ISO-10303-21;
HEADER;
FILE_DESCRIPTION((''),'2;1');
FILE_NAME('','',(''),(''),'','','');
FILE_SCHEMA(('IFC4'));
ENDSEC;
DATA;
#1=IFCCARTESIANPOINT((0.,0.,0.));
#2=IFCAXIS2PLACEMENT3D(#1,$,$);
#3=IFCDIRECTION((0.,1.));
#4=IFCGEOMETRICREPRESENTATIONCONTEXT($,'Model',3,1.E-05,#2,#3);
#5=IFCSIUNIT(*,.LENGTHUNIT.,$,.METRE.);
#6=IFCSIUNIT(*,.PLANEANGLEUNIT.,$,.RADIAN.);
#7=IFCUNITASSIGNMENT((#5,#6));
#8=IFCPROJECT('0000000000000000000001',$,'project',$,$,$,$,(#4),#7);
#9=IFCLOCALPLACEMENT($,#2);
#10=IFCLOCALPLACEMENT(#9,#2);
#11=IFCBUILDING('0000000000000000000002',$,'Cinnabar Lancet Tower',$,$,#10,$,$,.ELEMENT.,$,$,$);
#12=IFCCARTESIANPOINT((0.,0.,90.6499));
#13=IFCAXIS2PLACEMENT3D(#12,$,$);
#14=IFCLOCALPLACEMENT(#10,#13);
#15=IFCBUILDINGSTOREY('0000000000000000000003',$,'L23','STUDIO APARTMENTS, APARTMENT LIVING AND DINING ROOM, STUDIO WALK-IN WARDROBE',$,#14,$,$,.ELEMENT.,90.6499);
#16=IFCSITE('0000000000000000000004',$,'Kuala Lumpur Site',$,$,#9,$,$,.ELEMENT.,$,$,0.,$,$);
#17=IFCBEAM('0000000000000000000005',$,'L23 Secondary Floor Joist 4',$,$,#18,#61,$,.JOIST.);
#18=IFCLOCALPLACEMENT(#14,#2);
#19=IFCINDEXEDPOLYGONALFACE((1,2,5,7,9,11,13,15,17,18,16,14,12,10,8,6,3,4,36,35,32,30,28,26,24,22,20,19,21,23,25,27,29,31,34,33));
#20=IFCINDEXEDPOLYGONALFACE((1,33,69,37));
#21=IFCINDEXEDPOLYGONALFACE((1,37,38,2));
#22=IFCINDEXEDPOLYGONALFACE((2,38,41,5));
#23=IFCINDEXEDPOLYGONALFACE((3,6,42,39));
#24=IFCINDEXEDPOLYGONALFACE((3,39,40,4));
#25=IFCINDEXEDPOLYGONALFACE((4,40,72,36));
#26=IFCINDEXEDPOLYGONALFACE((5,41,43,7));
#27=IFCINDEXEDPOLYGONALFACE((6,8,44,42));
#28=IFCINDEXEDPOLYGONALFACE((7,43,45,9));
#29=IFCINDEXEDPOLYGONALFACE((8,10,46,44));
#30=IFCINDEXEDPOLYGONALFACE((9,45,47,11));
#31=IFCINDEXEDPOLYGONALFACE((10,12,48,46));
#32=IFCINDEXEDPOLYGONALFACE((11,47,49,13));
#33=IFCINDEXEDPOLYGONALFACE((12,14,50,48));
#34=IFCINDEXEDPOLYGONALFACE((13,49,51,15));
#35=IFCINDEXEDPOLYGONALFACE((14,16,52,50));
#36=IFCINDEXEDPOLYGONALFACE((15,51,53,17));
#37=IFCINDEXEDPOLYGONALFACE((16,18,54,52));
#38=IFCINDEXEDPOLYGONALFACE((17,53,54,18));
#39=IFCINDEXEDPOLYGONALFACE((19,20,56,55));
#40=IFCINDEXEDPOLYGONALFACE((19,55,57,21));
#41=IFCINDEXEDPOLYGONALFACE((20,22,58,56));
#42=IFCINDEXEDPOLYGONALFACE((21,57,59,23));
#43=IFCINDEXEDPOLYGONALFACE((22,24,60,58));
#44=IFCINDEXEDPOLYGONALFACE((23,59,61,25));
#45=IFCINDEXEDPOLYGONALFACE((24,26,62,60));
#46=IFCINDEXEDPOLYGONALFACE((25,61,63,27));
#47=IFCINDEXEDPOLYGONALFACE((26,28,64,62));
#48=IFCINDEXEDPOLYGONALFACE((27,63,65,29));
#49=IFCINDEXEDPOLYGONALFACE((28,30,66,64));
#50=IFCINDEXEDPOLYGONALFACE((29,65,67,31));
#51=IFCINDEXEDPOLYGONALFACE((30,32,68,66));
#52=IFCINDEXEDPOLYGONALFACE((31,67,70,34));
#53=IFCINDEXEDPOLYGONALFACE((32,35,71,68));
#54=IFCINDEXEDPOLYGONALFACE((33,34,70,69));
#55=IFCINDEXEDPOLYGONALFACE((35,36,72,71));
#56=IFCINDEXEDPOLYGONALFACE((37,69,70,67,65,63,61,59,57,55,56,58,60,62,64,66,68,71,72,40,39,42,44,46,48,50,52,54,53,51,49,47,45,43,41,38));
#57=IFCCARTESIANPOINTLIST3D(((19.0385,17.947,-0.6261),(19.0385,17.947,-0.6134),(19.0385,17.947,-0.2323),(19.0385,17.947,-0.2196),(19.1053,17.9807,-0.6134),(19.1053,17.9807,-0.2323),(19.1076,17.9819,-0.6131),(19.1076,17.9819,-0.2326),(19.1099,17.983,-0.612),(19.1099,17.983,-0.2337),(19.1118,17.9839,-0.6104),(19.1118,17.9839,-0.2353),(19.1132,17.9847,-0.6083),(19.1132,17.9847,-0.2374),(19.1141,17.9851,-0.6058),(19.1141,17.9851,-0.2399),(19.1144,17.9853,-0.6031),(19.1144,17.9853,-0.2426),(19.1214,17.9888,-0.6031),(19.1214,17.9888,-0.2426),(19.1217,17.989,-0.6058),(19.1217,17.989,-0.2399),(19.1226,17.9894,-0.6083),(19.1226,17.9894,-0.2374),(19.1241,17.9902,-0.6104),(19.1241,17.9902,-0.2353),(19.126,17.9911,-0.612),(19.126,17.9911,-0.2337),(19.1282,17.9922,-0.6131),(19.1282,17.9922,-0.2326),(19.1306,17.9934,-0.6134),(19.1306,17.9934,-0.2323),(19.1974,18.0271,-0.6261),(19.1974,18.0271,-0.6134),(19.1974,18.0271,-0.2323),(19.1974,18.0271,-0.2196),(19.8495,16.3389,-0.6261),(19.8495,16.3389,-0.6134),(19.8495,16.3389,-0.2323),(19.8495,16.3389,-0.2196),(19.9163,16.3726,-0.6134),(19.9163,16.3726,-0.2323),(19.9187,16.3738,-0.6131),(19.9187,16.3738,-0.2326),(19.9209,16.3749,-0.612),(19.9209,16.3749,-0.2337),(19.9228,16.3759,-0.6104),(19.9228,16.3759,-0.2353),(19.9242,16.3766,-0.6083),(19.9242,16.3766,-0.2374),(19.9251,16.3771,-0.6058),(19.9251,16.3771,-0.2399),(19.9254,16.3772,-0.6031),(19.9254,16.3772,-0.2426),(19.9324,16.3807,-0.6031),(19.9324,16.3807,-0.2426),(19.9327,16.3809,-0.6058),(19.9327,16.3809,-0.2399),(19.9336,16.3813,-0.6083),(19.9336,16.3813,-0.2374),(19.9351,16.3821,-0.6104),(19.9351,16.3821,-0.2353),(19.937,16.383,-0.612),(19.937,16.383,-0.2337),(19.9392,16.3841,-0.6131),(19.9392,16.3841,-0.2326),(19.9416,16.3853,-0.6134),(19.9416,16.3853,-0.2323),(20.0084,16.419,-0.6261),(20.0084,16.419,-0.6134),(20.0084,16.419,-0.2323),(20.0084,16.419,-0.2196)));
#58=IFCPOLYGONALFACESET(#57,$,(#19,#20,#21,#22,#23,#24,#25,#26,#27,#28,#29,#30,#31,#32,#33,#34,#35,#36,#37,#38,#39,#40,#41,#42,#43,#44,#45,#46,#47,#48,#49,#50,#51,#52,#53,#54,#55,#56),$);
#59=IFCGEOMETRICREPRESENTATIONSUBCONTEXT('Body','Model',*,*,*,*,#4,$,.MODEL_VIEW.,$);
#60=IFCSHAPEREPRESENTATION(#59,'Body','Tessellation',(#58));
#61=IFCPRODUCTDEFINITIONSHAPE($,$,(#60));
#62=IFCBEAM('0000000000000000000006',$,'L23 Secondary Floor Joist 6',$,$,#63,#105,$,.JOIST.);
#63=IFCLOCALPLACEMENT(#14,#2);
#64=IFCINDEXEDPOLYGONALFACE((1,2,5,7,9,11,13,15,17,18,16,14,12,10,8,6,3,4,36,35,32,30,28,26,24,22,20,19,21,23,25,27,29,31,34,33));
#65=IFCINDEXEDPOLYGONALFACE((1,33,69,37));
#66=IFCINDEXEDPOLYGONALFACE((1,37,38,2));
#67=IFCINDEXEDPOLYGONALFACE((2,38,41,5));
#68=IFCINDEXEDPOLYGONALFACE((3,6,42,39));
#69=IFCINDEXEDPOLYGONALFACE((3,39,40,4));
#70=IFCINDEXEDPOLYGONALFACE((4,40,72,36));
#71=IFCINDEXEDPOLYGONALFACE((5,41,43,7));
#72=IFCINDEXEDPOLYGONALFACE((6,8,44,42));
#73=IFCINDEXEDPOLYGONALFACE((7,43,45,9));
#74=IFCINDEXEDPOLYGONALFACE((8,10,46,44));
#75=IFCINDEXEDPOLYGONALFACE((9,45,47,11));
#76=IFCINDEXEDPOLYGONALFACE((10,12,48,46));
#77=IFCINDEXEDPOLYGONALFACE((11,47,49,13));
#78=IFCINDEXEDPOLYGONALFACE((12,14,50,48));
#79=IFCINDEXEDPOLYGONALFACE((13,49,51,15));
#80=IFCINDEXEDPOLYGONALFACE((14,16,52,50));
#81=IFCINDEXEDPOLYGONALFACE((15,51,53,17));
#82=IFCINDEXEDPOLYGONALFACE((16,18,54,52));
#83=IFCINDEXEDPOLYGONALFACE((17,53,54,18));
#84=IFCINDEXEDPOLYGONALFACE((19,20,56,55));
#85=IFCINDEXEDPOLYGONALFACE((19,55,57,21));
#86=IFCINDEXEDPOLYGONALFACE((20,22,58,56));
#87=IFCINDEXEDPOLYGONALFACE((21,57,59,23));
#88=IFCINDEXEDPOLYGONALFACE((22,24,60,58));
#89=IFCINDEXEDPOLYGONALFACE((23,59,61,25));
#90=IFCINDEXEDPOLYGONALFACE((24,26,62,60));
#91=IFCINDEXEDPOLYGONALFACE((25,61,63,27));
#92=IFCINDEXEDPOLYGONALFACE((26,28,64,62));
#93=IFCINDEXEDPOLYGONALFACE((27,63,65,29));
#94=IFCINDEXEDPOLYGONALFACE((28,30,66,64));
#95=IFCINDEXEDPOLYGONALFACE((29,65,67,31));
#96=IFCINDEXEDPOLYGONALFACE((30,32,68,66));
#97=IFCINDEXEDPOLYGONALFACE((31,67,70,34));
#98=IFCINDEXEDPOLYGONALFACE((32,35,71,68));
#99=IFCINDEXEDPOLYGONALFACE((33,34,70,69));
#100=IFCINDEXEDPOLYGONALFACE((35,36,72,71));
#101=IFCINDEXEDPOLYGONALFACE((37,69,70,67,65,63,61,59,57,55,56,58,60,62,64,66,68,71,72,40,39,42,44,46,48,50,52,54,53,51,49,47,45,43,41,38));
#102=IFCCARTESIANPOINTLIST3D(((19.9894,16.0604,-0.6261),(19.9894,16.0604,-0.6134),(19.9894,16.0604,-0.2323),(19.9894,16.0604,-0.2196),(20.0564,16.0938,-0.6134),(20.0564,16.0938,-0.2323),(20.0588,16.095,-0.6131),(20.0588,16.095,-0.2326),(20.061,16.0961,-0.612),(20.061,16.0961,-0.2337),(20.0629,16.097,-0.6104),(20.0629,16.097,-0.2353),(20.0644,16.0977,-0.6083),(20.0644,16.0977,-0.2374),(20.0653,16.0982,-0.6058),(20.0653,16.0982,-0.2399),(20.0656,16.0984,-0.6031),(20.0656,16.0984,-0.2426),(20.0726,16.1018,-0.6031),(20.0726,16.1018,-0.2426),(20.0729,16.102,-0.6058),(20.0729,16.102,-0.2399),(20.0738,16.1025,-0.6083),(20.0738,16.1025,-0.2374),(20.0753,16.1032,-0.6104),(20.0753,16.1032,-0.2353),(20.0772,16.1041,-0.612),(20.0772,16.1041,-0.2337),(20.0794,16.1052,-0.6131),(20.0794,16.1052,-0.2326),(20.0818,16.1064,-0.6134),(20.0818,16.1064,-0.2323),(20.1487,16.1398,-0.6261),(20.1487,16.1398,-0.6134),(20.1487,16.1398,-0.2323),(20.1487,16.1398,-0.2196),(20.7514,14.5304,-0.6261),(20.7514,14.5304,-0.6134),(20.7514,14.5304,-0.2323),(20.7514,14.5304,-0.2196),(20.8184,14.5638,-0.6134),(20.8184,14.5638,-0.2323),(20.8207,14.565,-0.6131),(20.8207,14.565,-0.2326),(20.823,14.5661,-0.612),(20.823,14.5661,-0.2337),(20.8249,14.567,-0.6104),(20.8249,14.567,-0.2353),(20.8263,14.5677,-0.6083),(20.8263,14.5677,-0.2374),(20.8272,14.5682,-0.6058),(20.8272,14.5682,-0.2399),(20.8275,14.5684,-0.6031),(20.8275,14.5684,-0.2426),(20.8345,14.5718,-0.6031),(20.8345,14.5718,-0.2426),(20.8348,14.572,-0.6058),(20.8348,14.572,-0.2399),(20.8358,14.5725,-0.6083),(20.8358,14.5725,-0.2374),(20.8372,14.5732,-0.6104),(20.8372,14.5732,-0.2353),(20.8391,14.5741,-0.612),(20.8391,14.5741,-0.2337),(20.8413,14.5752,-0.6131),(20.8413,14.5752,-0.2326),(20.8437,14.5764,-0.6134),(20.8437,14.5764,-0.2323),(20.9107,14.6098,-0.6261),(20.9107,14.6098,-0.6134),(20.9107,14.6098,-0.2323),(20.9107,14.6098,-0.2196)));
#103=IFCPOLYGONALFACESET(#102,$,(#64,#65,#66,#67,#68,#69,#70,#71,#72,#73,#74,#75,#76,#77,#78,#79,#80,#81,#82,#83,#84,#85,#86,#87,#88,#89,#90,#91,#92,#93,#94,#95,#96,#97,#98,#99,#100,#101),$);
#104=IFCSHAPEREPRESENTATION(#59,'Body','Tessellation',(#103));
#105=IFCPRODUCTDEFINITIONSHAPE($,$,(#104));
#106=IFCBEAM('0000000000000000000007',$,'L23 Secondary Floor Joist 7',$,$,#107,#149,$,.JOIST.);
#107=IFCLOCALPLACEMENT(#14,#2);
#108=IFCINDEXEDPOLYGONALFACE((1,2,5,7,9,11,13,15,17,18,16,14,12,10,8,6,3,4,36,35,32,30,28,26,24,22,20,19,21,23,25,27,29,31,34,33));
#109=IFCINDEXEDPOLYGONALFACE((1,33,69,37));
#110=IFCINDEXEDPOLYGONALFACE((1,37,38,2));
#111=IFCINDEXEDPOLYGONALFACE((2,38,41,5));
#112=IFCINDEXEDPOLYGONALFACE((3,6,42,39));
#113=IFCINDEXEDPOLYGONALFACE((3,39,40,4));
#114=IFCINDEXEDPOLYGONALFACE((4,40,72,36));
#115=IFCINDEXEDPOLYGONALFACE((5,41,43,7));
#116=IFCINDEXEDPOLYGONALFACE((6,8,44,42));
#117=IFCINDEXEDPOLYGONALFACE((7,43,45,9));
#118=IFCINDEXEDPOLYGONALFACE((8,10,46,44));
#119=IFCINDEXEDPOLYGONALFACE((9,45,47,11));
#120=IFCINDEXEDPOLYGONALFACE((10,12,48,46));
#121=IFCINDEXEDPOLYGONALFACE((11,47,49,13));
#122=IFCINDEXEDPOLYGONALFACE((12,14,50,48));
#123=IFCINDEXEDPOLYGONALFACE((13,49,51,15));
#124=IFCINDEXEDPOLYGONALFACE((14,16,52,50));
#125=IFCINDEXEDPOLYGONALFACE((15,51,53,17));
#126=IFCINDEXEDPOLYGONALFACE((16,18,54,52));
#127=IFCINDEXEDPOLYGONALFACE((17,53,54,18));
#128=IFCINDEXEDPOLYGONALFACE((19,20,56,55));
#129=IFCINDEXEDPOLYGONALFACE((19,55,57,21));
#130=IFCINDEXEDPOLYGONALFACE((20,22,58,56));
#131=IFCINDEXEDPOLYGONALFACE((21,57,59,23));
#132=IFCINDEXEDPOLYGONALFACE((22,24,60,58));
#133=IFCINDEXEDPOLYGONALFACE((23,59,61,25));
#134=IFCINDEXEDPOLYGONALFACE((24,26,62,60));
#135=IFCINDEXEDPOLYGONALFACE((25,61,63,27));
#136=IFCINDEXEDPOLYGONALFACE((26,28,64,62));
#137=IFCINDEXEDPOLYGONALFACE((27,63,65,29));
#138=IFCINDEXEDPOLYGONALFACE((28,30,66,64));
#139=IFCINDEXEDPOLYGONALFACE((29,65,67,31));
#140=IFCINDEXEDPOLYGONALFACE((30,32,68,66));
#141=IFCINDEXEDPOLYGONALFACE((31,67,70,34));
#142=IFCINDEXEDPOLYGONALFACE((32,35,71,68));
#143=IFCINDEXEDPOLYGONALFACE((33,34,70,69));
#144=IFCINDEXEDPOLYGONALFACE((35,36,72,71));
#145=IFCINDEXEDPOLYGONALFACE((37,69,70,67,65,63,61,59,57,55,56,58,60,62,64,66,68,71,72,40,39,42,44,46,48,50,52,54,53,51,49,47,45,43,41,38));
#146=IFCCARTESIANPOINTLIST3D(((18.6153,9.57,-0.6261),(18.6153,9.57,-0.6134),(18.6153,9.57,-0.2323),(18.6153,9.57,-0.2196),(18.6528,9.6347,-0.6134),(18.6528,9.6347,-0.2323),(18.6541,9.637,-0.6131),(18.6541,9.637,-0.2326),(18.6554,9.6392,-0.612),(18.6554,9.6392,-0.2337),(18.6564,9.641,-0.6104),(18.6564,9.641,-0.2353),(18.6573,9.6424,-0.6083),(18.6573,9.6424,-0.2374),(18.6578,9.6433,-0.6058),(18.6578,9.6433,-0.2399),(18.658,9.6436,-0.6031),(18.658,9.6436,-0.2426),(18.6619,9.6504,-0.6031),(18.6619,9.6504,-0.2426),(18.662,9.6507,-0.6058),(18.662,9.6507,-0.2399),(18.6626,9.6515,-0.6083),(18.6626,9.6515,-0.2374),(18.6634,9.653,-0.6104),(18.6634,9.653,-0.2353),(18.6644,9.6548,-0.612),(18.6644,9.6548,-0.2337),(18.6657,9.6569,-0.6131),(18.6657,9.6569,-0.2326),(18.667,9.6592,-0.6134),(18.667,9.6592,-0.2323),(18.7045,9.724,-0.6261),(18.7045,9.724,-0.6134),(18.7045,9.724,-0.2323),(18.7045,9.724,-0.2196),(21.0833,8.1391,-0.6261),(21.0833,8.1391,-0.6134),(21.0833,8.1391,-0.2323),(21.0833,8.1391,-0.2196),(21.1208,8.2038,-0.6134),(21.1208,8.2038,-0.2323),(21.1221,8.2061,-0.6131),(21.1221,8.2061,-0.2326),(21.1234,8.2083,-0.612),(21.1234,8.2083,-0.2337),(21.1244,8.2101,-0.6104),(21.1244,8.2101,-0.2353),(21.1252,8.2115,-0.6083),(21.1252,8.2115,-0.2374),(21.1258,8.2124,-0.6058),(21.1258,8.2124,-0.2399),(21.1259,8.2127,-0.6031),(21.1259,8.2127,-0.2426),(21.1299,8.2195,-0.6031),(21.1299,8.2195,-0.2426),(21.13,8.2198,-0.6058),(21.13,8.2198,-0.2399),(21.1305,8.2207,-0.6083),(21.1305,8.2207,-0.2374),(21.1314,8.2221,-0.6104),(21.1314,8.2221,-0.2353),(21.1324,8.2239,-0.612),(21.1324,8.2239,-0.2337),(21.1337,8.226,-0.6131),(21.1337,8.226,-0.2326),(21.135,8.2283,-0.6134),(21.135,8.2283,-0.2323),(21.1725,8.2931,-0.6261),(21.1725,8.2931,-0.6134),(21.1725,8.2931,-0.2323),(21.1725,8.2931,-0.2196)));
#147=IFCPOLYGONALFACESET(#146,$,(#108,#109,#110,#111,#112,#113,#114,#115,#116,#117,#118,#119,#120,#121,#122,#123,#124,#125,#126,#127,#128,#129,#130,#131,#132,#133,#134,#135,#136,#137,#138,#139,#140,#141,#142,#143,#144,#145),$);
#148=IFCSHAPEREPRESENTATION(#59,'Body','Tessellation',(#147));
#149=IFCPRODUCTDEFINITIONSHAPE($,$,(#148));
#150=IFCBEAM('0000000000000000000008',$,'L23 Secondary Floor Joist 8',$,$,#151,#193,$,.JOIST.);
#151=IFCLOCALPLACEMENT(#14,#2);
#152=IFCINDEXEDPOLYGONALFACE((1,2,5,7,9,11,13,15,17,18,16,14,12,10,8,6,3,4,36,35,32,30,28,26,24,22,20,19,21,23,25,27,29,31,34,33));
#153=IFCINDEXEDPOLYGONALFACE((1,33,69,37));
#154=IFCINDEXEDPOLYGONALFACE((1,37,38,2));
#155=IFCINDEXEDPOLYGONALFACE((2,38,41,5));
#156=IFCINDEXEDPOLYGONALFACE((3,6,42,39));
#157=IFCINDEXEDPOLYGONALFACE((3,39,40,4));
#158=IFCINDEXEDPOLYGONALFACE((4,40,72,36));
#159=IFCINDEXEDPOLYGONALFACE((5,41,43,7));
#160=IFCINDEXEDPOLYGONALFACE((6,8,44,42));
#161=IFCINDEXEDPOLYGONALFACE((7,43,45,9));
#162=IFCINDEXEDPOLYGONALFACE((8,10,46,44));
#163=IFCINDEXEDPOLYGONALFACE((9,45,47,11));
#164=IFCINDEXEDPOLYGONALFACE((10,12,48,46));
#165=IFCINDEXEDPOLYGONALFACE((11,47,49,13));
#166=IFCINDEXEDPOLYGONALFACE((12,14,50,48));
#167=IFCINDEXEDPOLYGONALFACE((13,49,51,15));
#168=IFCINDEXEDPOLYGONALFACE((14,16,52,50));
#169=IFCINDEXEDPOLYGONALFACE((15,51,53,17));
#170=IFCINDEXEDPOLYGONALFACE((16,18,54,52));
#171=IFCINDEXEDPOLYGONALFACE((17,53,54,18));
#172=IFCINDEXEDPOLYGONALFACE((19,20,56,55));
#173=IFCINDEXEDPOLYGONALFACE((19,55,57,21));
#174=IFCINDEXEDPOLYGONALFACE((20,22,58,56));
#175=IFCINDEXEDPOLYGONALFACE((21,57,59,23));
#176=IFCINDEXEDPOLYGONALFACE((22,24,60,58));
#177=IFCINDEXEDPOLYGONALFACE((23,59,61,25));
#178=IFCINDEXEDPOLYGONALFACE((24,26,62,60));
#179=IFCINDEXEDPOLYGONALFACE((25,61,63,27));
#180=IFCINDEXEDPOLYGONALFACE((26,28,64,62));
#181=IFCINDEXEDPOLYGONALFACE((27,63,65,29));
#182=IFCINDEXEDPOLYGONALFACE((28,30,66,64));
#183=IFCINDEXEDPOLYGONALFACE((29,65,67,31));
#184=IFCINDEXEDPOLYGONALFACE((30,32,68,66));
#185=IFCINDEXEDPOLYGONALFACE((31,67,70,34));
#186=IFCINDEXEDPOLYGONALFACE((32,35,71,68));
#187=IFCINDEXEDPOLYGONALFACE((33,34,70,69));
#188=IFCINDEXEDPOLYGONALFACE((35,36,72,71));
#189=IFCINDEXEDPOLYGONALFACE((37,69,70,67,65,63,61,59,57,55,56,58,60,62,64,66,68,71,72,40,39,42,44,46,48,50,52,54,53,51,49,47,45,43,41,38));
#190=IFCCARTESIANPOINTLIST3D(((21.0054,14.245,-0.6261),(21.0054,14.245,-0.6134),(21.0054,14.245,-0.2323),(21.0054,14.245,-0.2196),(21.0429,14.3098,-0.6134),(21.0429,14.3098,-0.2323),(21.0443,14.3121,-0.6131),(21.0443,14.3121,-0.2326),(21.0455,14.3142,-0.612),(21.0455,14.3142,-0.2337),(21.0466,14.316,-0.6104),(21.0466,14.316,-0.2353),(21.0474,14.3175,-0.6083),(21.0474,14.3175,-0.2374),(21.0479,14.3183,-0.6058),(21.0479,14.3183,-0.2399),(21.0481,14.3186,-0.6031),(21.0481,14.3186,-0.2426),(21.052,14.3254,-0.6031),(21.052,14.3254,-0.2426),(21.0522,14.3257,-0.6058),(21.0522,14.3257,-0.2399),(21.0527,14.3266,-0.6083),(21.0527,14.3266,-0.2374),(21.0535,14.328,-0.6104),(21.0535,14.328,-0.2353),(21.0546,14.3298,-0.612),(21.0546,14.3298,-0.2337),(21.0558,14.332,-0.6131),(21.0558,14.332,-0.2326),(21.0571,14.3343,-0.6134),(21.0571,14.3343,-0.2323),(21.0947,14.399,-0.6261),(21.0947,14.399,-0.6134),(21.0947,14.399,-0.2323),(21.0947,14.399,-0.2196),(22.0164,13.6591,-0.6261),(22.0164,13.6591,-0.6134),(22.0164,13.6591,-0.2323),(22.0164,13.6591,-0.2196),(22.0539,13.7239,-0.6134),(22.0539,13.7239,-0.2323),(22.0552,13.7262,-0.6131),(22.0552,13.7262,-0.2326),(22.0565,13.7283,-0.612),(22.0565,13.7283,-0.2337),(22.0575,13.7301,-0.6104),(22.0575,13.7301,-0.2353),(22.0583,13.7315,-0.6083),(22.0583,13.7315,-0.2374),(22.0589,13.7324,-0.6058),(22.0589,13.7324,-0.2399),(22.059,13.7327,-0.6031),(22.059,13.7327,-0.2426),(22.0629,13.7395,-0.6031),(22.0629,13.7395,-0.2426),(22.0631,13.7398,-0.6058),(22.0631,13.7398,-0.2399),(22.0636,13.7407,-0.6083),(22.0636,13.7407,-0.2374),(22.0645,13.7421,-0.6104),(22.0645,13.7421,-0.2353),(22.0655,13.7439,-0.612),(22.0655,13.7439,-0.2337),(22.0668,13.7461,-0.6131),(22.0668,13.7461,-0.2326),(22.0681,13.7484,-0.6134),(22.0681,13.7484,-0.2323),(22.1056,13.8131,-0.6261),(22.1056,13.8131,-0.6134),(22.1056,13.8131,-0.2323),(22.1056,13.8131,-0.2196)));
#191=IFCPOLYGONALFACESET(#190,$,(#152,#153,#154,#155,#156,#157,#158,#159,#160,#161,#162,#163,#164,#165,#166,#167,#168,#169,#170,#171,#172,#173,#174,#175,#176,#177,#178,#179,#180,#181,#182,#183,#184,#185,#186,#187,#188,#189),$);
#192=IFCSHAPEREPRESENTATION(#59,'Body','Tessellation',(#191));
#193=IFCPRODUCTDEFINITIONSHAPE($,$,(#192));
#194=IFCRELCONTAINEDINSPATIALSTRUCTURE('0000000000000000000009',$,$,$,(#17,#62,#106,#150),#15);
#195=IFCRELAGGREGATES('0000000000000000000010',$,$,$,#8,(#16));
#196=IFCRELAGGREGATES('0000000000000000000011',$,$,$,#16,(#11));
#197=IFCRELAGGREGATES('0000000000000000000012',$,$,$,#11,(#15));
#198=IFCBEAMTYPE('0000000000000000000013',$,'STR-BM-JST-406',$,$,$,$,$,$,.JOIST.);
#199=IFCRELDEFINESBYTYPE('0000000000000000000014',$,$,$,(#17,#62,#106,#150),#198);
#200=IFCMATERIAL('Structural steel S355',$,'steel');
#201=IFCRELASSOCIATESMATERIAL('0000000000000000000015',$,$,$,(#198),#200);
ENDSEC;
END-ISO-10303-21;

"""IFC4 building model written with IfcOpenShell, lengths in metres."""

from ifc_helpers import new_model, si_unit, direction, frame, origin, origin_2d, place, context, subcontext, project, spatial, i_section, extrude, material, material_profile, profile_set, type_object, element, save


model = new_model("IFC4")

# Units and contexts
model_context = context("Model", 3, precision=1e-05, world=origin(), true_north=direction((0.0, 1.0)))
body_context = subcontext(model_context, "Body", "Model", "MODEL_VIEW")
ifc_project = project(units=[si_unit("LENGTHUNIT", "METRE"), si_unit("PLANEANGLEUNIT", "RADIAN")], contexts=[model_context])

# Site, building, storey
site_placement = place(None, origin())
site = spatial("IfcSite", under=ifc_project, at=site_placement, Name="Kuala Lumpur Site", CompositionType="ELEMENT", RefElevation=0.0)
building_placement = place(site_placement, origin())
building = spatial("IfcBuilding", under=site, at=building_placement, Name="Cinnabar Lancet Tower", CompositionType="ELEMENT")
storey_placement = place(building_placement, frame((0.0, 0.0, 90.6499)))
storey = spatial("IfcBuildingStorey", under=building, at=storey_placement, Name="L23", Description="STUDIO APARTMENTS, APARTMENT LIVING AND DINING ROOM, STUDIO WALK-IN WARDROBE", CompositionType="ELEMENT", Elevation=90.6499)

# Beams
ifc_material_1 = material(Name="Structural steel S355", Category="steel")
ifc_material_profile = material_profile(ifc_material_1, i_section(OverallWidth=0.178, OverallDepth=0.4065, WebThickness=0.0078, FlangeThickness=0.0127, FilletRadius=0.0103, at=origin_2d()), Name="UKB 406x178x60")
ifc_profile_set = profile_set([ifc_material_profile], Name="Structural steel S355")
beam_type = type_object("IfcBeamType", Name="STR-BM-JST-406", PredefinedType="JOIST", material=ifc_profile_set)
beam_1_placement = place(storey_placement, frame((19.1179, 17.9871, -0.4229), z_axis=(0.450301, -0.892877, 0.0), x_axis=(0.892877, 0.450301, 0.0)))
element("IfcBeam", 1, at=beam_1_placement, inside=storey, type_object=beam_type, Name="L23 Secondary Floor Joist 4", PredefinedType="JOIST", context=body_context, shape_type="SweptSolid", body=[
    extrude(i_section(OverallWidth=0.178, OverallDepth=0.4065, WebThickness=0.0078, FlangeThickness=0.0127, FilletRadius=0.0103, at=origin_2d()), origin(), (0.0, 0.0, 1.0), 1.801),
])
beam_2_placement = place(storey_placement, frame((20.0691, 16.1001, -0.4229), z_axis=(0.445785, -0.89514, 0.0), x_axis=(0.89514, 0.445785, 0.0)))
element("IfcBeam", 2, at=beam_2_placement, inside=storey, type_object=beam_type, Name="L23 Secondary Floor Joist 6", PredefinedType="JOIST", context=body_context, shape_type="SweptSolid", body=[
    extrude(i_section(OverallWidth=0.178, OverallDepth=0.4065, WebThickness=0.0078, FlangeThickness=0.0127, FilletRadius=0.0103, at=origin_2d()), origin(), (0.0, 0.0, 1.0), 1.7092),
])
beam_3_placement = place(storey_placement, frame((18.6599, 9.647, -0.4229), z_axis=(0.865114, -0.501576, 0.0), x_axis=(0.501576, 0.865114, 0.0)))
element("IfcBeam", 3, at=beam_3_placement, inside=storey, type_object=beam_type, Name="L23 Secondary Floor Joist 7", PredefinedType="JOIST", context=body_context, shape_type="SweptSolid", body=[
    extrude(i_section(OverallWidth=0.178, OverallDepth=0.4065, WebThickness=0.0078, FlangeThickness=0.0127, FilletRadius=0.0103, at=origin_2d()), origin(), (0.0, 0.0, 1.0), 2.8528),
])
beam_4_placement = place(storey_placement, frame((21.05, 14.322, -0.4229), z_axis=(0.865193, -0.50144, 0.0), x_axis=(0.50144, 0.865193, 0.0)))
element("IfcBeam", 4, at=beam_4_placement, inside=storey, type_object=beam_type, Name="L23 Secondary Floor Joist 8", PredefinedType="JOIST", context=body_context, shape_type="SweptSolid", body=[
    extrude(i_section(OverallWidth=0.178, OverallDepth=0.4065, WebThickness=0.0078, FlangeThickness=0.0127, FilletRadius=0.0103, at=origin_2d()), origin(), (0.0, 0.0, 1.0), 1.1685),
])

save(model, "model.ifc")
